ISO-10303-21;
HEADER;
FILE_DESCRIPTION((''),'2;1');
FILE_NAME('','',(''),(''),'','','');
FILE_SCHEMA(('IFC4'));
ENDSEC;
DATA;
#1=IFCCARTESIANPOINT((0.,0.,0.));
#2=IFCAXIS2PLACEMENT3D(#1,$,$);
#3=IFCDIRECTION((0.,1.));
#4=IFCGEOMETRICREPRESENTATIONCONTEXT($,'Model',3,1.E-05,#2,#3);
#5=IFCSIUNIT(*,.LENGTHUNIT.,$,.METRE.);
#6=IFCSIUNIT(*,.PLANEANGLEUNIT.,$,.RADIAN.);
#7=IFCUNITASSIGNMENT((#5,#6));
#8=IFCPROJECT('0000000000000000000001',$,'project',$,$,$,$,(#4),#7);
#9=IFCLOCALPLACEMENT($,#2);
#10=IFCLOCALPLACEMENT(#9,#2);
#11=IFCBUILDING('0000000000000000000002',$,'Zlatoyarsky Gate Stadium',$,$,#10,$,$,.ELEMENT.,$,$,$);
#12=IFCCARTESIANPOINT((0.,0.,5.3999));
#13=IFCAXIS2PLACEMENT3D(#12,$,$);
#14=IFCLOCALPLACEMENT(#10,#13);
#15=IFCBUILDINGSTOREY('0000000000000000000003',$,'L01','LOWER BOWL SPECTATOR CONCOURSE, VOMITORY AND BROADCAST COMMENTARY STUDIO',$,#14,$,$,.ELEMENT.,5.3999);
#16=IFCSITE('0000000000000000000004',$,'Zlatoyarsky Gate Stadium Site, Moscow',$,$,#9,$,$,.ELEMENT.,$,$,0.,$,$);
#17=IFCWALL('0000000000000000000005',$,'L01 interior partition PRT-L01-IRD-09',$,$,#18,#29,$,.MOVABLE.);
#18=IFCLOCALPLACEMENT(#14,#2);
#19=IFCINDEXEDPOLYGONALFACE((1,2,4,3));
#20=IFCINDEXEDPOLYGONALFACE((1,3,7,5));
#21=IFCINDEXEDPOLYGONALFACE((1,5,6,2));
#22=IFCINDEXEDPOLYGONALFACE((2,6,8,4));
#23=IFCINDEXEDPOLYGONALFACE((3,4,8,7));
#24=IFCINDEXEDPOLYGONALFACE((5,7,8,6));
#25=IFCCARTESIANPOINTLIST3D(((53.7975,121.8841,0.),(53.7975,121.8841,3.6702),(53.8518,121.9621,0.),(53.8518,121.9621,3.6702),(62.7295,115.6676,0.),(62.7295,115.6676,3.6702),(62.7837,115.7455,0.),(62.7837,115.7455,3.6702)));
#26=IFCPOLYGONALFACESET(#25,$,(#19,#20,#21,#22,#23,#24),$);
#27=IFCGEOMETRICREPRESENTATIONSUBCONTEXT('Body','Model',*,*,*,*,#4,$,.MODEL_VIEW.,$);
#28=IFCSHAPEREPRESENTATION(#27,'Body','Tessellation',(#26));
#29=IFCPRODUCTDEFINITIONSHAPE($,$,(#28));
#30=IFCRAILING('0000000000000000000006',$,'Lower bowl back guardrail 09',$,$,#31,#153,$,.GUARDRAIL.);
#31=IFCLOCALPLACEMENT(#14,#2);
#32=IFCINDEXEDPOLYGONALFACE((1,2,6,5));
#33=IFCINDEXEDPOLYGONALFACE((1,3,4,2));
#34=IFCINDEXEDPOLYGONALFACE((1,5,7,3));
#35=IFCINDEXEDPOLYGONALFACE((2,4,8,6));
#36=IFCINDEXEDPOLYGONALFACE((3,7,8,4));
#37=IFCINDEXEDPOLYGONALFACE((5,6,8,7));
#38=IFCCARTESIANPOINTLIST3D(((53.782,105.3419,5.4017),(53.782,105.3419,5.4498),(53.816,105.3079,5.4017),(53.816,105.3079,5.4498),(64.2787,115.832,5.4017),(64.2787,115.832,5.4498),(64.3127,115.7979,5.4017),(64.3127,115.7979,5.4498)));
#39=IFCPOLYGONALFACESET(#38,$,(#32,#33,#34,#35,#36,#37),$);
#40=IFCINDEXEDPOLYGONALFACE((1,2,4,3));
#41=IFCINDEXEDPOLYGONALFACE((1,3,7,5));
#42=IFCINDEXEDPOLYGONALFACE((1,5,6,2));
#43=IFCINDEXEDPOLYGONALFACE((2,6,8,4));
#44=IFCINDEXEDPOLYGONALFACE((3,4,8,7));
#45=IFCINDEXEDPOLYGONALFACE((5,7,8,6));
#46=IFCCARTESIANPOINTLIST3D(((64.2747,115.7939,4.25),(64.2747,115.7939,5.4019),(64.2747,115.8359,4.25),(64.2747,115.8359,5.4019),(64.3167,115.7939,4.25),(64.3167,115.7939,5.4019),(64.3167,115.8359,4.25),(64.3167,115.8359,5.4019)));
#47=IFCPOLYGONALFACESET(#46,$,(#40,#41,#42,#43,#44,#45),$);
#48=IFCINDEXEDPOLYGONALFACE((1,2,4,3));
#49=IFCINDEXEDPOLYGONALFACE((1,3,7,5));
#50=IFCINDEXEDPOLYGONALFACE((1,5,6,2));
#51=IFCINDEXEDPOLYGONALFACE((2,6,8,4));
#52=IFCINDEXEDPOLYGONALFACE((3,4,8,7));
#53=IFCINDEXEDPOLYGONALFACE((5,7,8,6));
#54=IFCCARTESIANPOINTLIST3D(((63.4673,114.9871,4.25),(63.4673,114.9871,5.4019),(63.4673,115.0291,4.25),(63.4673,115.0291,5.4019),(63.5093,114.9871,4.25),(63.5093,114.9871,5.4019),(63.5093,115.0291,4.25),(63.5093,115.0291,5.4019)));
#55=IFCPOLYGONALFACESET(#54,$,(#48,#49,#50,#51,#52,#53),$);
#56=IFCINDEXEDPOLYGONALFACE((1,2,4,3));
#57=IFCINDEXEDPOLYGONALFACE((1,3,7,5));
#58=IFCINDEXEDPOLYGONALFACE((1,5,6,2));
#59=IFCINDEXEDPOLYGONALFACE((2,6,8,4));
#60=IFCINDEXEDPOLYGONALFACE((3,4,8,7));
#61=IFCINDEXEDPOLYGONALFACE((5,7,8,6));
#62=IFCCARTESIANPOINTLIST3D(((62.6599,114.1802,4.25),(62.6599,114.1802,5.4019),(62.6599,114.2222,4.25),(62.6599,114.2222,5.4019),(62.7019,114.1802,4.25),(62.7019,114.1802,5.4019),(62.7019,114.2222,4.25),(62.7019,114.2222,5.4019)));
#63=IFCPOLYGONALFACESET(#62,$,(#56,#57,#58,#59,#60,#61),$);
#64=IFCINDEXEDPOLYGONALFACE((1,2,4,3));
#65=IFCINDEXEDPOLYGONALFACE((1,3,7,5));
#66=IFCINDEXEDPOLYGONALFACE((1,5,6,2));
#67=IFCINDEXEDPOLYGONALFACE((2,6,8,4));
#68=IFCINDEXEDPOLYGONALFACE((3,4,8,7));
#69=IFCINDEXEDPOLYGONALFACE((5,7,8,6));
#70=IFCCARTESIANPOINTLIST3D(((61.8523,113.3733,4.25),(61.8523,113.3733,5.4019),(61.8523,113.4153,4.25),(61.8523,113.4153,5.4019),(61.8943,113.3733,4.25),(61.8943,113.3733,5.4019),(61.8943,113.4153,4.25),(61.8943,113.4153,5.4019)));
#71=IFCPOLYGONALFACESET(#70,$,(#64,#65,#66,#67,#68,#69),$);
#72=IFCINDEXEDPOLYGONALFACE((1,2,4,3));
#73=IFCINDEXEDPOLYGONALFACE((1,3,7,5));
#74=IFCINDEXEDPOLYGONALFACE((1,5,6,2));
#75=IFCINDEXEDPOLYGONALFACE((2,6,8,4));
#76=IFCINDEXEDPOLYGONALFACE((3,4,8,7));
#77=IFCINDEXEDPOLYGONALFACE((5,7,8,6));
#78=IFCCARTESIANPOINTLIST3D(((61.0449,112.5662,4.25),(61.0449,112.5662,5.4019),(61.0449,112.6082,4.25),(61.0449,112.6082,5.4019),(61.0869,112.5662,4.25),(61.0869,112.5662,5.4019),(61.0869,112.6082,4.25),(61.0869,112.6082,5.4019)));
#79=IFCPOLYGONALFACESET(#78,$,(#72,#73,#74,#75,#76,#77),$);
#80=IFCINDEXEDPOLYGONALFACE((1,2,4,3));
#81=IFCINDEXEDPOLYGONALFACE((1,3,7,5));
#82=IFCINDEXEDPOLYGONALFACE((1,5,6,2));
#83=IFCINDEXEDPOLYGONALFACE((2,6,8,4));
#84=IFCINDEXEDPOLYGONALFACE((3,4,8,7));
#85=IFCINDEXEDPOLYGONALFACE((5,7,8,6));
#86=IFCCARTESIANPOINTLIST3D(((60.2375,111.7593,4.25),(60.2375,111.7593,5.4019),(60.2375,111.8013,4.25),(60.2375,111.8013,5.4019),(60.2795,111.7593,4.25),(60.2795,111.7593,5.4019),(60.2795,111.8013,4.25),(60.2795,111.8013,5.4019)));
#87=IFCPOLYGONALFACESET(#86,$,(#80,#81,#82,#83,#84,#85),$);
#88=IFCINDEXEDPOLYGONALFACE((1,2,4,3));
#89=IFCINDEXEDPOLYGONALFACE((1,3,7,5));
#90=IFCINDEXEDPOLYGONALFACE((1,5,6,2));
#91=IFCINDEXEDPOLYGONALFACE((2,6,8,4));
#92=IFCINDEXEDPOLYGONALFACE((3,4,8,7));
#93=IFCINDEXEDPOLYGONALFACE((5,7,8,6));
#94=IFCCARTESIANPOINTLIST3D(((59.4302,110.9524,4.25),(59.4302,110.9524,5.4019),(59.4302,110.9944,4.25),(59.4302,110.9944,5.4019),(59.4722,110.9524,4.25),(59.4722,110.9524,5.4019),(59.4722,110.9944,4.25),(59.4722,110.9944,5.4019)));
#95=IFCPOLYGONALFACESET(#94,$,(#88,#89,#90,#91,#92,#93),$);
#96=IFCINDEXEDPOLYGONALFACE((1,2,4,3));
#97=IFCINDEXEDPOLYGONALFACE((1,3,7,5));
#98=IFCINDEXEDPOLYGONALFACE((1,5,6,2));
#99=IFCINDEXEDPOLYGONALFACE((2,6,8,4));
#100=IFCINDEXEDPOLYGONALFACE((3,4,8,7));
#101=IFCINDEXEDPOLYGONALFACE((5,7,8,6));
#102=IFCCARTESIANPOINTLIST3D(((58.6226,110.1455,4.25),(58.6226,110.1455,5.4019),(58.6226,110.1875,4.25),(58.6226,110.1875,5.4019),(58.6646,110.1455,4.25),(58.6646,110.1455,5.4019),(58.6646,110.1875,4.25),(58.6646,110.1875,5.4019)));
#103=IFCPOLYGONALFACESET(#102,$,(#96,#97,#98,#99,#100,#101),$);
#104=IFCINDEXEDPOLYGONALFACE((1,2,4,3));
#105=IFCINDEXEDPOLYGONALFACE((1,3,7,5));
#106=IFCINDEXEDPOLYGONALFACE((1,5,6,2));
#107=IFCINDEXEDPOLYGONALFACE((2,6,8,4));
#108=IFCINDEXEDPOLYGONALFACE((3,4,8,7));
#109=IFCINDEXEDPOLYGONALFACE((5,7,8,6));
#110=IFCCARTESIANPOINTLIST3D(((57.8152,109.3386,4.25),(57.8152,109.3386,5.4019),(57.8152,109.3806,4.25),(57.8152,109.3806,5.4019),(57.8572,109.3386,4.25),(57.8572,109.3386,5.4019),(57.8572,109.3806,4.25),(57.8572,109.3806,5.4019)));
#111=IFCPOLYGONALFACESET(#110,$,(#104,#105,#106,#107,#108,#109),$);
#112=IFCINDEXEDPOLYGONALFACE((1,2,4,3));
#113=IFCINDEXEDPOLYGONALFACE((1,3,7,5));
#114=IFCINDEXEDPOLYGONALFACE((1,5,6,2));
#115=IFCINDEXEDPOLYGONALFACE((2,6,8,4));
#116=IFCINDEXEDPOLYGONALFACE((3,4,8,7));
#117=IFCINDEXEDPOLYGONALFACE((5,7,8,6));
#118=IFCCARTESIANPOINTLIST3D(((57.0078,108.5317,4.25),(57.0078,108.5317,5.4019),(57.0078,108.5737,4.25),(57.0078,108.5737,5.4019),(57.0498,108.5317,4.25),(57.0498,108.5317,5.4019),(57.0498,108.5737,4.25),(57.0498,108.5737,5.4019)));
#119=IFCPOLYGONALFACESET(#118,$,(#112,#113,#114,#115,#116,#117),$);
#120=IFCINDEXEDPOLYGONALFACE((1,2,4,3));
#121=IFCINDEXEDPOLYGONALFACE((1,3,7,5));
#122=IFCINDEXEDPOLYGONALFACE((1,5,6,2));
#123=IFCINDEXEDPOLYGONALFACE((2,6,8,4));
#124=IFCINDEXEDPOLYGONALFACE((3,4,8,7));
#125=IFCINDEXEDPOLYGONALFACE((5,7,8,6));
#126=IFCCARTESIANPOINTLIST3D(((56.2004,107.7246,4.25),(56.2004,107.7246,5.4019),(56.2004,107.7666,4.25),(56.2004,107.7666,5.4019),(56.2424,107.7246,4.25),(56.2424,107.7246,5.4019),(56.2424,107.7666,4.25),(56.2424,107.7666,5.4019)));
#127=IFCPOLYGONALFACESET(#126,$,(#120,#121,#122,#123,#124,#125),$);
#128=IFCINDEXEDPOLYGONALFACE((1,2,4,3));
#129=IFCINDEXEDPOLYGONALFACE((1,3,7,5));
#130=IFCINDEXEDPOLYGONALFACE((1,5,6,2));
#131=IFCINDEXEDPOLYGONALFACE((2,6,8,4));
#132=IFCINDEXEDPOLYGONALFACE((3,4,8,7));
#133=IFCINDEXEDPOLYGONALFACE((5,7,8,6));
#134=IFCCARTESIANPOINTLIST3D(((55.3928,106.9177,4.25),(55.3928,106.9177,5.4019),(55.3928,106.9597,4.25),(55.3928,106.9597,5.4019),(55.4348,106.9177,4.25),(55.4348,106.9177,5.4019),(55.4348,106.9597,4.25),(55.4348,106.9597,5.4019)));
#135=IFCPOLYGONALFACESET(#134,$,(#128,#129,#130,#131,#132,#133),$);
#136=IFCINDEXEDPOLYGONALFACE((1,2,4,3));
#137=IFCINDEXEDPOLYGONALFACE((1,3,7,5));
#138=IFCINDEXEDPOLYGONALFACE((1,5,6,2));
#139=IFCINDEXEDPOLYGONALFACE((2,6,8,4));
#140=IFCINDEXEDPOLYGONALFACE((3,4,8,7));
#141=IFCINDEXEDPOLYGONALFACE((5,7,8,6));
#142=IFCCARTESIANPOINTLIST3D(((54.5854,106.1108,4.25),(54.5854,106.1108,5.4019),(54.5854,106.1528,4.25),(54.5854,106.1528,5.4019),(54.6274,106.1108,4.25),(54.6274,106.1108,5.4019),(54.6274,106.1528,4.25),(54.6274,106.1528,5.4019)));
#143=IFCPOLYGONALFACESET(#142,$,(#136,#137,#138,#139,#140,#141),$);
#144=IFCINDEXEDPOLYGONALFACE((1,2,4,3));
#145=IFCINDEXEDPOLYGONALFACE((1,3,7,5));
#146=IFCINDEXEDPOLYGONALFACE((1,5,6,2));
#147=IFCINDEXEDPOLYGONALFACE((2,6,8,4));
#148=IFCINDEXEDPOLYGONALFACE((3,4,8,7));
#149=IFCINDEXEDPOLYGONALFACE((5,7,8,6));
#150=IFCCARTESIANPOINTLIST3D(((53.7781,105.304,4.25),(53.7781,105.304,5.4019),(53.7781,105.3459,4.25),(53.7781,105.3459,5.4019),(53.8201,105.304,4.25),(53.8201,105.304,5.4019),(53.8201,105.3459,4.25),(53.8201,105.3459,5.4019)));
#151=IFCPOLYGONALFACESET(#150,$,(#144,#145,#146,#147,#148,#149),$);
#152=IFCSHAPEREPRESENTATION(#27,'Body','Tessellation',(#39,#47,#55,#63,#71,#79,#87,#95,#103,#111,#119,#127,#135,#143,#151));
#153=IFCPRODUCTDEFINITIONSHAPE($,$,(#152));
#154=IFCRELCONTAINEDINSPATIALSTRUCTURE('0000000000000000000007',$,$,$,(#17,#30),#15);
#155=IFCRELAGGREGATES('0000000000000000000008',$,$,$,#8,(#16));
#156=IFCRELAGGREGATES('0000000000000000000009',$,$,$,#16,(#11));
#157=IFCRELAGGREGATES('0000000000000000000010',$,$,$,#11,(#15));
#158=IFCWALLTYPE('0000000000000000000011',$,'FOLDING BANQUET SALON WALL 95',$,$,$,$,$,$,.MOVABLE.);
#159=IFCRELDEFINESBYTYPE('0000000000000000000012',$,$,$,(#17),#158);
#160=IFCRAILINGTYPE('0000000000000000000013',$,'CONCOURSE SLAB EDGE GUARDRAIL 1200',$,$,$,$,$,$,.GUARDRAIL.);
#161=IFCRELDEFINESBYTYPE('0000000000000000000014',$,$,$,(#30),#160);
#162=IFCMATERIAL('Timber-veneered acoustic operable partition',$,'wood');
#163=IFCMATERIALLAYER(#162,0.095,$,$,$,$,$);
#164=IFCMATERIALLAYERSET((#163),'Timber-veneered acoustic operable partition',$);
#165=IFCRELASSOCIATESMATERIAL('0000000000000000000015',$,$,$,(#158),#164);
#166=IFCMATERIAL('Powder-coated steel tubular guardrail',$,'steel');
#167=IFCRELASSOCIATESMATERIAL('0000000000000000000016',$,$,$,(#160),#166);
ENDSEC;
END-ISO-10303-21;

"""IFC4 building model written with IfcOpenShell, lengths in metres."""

from ifc_helpers import new_model, si_unit, direction, frame, frame_2d, origin, origin_2d, place, context, subcontext, project, spatial, rectangle, extrude, material, layer, layer_set, type_object, element, save


model = new_model("IFC4")

# Units and contexts
model_context = context("Model", 3, precision=1e-05, world=origin(), true_north=direction((0.0, 1.0)))
body_context = subcontext(model_context, "Body", "Model", "MODEL_VIEW")
ifc_project = project(units=[si_unit("LENGTHUNIT", "METRE"), si_unit("PLANEANGLEUNIT", "RADIAN")], contexts=[model_context])

# Site, building, storey
site_placement = place(None, origin())
site = spatial("IfcSite", under=ifc_project, at=site_placement, Name="Zlatoyarsky Gate Stadium Site, Moscow", CompositionType="ELEMENT", RefElevation=0.0)
building_placement = place(site_placement, origin())
building = spatial("IfcBuilding", under=site, at=building_placement, Name="Zlatoyarsky Gate Stadium", CompositionType="ELEMENT")
storey_placement = place(building_placement, frame((0.0, 0.0, 5.3999)))
storey = spatial("IfcBuildingStorey", under=building, at=storey_placement, Name="L01", Description="LOWER BOWL SPECTATOR CONCOURSE, VOMITORY AND BROADCAST COMMENTARY STUDIO", CompositionType="ELEMENT", Elevation=5.3999)

# Wall
ifc_material_1 = material(Name="Timber-veneered acoustic operable partition", Category="wood")
ifc_layer_1 = layer(ifc_material_1, 0.095)
ifc_layer_set_1 = layer_set([ifc_layer_1], Name="Timber-veneered acoustic operable partition")
wall_type_1 = type_object("IfcWallType", Name="FOLDING BANQUET SALON WALL 95", PredefinedType="MOVABLE", material=ifc_layer_set_1)
wall_1_placement = place(storey_placement, frame((62.7566, 115.7065, 0.0), z_axis=(0.0, 0.0, 1.0), x_axis=(-0.820773, 0.571254, 0.0)))
element("IfcWall", 1, at=wall_1_placement, inside=storey, type_object=wall_type_1, Name="L01 interior partition PRT-L01-IRD-09", PredefinedType="MOVABLE", context=body_context, shape_type="SweptSolid", body=[
    extrude(rectangle(XDim=10.8823, YDim=0.095, at=frame_2d((5.4412, 0.0))), origin(), (0.0, 0.0, 1.0), 3.6702),
])

# Railing
ifc_material_2 = material(Name="Powder-coated steel tubular guardrail", Category="steel")
railing_type_1 = type_object("IfcRailingType", Name="CONCOURSE SLAB EDGE GUARDRAIL 1200", PredefinedType="GUARDRAIL", material=ifc_material_2)
railing_1_placement = place(storey_placement, frame((64.2957, 115.8149, 4.25)))
element("IfcRailing", 2, at=railing_1_placement, inside=storey, type_object=railing_type_1, Name="Lower bowl back guardrail 09", PredefinedType="GUARDRAIL", context=body_context, shape_type="SweptSolid", body=[
    extrude(rectangle(XDim=0.0481, YDim=0.0481, at=origin_2d()), frame((0.0, 0.0, 1.1758), z_axis=(-0.707329, -0.706885, 0.0), x_axis=(0.706885, -0.707329, 0.0)), (0.0, 0.0, 1.0), 14.8398),
    extrude(rectangle(XDim=0.042, YDim=0.042, at=origin_2d()), origin(), (0.0, 0.0, 1.0), 1.1519),
    extrude(rectangle(XDim=0.042, YDim=0.042, at=origin_2d()), frame((-0.8074, -0.8069, 0.0)), (0.0, 0.0, 1.0), 1.1519),
    extrude(rectangle(XDim=0.042, YDim=0.042, at=origin_2d()), frame((-1.6147, -1.6138, 0.0)), (0.0, 0.0, 1.0), 1.1519),
    extrude(rectangle(XDim=0.042, YDim=0.042, at=origin_2d()), frame((-2.4224, -2.4207, 0.0)), (0.0, 0.0, 1.0), 1.1519),
    extrude(rectangle(XDim=0.042, YDim=0.042, at=origin_2d()), frame((-3.2297, -3.2278, 0.0)), (0.0, 0.0, 1.0), 1.1519),
    extrude(rectangle(XDim=0.042, YDim=0.042, at=origin_2d()), frame((-4.0371, -4.0347, 0.0)), (0.0, 0.0, 1.0), 1.1519),
    extrude(rectangle(XDim=0.042, YDim=0.042, at=origin_2d()), frame((-4.8445, -4.8416, 0.0)), (0.0, 0.0, 1.0), 1.1519),
    extrude(rectangle(XDim=0.042, YDim=0.042, at=origin_2d()), frame((-5.6521, -5.6484, 0.0)), (0.0, 0.0, 1.0), 1.1519),
    extrude(rectangle(XDim=0.042, YDim=0.042, at=origin_2d()), frame((-6.4595, -6.4553, 0.0)), (0.0, 0.0, 1.0), 1.1519),
    extrude(rectangle(XDim=0.042, YDim=0.042, at=origin_2d()), frame((-7.2668, -7.2622, 0.0)), (0.0, 0.0, 1.0), 1.1519),
    extrude(rectangle(XDim=0.042, YDim=0.042, at=origin_2d()), frame((-8.0742, -8.0693, 0.0)), (0.0, 0.0, 1.0), 1.1519),
    extrude(rectangle(XDim=0.042, YDim=0.042, at=origin_2d()), frame((-8.8818, -8.8762, 0.0)), (0.0, 0.0, 1.0), 1.1519),
    extrude(rectangle(XDim=0.042, YDim=0.042, at=origin_2d()), frame((-9.6892, -9.6831, 0.0)), (0.0, 0.0, 1.0), 1.1519),
    extrude(rectangle(XDim=0.042, YDim=0.042, at=origin_2d()), frame((-10.4966, -10.49, 0.0)), (0.0, 0.0, 1.0), 1.1519),
])

save(model, "model.ifc")
